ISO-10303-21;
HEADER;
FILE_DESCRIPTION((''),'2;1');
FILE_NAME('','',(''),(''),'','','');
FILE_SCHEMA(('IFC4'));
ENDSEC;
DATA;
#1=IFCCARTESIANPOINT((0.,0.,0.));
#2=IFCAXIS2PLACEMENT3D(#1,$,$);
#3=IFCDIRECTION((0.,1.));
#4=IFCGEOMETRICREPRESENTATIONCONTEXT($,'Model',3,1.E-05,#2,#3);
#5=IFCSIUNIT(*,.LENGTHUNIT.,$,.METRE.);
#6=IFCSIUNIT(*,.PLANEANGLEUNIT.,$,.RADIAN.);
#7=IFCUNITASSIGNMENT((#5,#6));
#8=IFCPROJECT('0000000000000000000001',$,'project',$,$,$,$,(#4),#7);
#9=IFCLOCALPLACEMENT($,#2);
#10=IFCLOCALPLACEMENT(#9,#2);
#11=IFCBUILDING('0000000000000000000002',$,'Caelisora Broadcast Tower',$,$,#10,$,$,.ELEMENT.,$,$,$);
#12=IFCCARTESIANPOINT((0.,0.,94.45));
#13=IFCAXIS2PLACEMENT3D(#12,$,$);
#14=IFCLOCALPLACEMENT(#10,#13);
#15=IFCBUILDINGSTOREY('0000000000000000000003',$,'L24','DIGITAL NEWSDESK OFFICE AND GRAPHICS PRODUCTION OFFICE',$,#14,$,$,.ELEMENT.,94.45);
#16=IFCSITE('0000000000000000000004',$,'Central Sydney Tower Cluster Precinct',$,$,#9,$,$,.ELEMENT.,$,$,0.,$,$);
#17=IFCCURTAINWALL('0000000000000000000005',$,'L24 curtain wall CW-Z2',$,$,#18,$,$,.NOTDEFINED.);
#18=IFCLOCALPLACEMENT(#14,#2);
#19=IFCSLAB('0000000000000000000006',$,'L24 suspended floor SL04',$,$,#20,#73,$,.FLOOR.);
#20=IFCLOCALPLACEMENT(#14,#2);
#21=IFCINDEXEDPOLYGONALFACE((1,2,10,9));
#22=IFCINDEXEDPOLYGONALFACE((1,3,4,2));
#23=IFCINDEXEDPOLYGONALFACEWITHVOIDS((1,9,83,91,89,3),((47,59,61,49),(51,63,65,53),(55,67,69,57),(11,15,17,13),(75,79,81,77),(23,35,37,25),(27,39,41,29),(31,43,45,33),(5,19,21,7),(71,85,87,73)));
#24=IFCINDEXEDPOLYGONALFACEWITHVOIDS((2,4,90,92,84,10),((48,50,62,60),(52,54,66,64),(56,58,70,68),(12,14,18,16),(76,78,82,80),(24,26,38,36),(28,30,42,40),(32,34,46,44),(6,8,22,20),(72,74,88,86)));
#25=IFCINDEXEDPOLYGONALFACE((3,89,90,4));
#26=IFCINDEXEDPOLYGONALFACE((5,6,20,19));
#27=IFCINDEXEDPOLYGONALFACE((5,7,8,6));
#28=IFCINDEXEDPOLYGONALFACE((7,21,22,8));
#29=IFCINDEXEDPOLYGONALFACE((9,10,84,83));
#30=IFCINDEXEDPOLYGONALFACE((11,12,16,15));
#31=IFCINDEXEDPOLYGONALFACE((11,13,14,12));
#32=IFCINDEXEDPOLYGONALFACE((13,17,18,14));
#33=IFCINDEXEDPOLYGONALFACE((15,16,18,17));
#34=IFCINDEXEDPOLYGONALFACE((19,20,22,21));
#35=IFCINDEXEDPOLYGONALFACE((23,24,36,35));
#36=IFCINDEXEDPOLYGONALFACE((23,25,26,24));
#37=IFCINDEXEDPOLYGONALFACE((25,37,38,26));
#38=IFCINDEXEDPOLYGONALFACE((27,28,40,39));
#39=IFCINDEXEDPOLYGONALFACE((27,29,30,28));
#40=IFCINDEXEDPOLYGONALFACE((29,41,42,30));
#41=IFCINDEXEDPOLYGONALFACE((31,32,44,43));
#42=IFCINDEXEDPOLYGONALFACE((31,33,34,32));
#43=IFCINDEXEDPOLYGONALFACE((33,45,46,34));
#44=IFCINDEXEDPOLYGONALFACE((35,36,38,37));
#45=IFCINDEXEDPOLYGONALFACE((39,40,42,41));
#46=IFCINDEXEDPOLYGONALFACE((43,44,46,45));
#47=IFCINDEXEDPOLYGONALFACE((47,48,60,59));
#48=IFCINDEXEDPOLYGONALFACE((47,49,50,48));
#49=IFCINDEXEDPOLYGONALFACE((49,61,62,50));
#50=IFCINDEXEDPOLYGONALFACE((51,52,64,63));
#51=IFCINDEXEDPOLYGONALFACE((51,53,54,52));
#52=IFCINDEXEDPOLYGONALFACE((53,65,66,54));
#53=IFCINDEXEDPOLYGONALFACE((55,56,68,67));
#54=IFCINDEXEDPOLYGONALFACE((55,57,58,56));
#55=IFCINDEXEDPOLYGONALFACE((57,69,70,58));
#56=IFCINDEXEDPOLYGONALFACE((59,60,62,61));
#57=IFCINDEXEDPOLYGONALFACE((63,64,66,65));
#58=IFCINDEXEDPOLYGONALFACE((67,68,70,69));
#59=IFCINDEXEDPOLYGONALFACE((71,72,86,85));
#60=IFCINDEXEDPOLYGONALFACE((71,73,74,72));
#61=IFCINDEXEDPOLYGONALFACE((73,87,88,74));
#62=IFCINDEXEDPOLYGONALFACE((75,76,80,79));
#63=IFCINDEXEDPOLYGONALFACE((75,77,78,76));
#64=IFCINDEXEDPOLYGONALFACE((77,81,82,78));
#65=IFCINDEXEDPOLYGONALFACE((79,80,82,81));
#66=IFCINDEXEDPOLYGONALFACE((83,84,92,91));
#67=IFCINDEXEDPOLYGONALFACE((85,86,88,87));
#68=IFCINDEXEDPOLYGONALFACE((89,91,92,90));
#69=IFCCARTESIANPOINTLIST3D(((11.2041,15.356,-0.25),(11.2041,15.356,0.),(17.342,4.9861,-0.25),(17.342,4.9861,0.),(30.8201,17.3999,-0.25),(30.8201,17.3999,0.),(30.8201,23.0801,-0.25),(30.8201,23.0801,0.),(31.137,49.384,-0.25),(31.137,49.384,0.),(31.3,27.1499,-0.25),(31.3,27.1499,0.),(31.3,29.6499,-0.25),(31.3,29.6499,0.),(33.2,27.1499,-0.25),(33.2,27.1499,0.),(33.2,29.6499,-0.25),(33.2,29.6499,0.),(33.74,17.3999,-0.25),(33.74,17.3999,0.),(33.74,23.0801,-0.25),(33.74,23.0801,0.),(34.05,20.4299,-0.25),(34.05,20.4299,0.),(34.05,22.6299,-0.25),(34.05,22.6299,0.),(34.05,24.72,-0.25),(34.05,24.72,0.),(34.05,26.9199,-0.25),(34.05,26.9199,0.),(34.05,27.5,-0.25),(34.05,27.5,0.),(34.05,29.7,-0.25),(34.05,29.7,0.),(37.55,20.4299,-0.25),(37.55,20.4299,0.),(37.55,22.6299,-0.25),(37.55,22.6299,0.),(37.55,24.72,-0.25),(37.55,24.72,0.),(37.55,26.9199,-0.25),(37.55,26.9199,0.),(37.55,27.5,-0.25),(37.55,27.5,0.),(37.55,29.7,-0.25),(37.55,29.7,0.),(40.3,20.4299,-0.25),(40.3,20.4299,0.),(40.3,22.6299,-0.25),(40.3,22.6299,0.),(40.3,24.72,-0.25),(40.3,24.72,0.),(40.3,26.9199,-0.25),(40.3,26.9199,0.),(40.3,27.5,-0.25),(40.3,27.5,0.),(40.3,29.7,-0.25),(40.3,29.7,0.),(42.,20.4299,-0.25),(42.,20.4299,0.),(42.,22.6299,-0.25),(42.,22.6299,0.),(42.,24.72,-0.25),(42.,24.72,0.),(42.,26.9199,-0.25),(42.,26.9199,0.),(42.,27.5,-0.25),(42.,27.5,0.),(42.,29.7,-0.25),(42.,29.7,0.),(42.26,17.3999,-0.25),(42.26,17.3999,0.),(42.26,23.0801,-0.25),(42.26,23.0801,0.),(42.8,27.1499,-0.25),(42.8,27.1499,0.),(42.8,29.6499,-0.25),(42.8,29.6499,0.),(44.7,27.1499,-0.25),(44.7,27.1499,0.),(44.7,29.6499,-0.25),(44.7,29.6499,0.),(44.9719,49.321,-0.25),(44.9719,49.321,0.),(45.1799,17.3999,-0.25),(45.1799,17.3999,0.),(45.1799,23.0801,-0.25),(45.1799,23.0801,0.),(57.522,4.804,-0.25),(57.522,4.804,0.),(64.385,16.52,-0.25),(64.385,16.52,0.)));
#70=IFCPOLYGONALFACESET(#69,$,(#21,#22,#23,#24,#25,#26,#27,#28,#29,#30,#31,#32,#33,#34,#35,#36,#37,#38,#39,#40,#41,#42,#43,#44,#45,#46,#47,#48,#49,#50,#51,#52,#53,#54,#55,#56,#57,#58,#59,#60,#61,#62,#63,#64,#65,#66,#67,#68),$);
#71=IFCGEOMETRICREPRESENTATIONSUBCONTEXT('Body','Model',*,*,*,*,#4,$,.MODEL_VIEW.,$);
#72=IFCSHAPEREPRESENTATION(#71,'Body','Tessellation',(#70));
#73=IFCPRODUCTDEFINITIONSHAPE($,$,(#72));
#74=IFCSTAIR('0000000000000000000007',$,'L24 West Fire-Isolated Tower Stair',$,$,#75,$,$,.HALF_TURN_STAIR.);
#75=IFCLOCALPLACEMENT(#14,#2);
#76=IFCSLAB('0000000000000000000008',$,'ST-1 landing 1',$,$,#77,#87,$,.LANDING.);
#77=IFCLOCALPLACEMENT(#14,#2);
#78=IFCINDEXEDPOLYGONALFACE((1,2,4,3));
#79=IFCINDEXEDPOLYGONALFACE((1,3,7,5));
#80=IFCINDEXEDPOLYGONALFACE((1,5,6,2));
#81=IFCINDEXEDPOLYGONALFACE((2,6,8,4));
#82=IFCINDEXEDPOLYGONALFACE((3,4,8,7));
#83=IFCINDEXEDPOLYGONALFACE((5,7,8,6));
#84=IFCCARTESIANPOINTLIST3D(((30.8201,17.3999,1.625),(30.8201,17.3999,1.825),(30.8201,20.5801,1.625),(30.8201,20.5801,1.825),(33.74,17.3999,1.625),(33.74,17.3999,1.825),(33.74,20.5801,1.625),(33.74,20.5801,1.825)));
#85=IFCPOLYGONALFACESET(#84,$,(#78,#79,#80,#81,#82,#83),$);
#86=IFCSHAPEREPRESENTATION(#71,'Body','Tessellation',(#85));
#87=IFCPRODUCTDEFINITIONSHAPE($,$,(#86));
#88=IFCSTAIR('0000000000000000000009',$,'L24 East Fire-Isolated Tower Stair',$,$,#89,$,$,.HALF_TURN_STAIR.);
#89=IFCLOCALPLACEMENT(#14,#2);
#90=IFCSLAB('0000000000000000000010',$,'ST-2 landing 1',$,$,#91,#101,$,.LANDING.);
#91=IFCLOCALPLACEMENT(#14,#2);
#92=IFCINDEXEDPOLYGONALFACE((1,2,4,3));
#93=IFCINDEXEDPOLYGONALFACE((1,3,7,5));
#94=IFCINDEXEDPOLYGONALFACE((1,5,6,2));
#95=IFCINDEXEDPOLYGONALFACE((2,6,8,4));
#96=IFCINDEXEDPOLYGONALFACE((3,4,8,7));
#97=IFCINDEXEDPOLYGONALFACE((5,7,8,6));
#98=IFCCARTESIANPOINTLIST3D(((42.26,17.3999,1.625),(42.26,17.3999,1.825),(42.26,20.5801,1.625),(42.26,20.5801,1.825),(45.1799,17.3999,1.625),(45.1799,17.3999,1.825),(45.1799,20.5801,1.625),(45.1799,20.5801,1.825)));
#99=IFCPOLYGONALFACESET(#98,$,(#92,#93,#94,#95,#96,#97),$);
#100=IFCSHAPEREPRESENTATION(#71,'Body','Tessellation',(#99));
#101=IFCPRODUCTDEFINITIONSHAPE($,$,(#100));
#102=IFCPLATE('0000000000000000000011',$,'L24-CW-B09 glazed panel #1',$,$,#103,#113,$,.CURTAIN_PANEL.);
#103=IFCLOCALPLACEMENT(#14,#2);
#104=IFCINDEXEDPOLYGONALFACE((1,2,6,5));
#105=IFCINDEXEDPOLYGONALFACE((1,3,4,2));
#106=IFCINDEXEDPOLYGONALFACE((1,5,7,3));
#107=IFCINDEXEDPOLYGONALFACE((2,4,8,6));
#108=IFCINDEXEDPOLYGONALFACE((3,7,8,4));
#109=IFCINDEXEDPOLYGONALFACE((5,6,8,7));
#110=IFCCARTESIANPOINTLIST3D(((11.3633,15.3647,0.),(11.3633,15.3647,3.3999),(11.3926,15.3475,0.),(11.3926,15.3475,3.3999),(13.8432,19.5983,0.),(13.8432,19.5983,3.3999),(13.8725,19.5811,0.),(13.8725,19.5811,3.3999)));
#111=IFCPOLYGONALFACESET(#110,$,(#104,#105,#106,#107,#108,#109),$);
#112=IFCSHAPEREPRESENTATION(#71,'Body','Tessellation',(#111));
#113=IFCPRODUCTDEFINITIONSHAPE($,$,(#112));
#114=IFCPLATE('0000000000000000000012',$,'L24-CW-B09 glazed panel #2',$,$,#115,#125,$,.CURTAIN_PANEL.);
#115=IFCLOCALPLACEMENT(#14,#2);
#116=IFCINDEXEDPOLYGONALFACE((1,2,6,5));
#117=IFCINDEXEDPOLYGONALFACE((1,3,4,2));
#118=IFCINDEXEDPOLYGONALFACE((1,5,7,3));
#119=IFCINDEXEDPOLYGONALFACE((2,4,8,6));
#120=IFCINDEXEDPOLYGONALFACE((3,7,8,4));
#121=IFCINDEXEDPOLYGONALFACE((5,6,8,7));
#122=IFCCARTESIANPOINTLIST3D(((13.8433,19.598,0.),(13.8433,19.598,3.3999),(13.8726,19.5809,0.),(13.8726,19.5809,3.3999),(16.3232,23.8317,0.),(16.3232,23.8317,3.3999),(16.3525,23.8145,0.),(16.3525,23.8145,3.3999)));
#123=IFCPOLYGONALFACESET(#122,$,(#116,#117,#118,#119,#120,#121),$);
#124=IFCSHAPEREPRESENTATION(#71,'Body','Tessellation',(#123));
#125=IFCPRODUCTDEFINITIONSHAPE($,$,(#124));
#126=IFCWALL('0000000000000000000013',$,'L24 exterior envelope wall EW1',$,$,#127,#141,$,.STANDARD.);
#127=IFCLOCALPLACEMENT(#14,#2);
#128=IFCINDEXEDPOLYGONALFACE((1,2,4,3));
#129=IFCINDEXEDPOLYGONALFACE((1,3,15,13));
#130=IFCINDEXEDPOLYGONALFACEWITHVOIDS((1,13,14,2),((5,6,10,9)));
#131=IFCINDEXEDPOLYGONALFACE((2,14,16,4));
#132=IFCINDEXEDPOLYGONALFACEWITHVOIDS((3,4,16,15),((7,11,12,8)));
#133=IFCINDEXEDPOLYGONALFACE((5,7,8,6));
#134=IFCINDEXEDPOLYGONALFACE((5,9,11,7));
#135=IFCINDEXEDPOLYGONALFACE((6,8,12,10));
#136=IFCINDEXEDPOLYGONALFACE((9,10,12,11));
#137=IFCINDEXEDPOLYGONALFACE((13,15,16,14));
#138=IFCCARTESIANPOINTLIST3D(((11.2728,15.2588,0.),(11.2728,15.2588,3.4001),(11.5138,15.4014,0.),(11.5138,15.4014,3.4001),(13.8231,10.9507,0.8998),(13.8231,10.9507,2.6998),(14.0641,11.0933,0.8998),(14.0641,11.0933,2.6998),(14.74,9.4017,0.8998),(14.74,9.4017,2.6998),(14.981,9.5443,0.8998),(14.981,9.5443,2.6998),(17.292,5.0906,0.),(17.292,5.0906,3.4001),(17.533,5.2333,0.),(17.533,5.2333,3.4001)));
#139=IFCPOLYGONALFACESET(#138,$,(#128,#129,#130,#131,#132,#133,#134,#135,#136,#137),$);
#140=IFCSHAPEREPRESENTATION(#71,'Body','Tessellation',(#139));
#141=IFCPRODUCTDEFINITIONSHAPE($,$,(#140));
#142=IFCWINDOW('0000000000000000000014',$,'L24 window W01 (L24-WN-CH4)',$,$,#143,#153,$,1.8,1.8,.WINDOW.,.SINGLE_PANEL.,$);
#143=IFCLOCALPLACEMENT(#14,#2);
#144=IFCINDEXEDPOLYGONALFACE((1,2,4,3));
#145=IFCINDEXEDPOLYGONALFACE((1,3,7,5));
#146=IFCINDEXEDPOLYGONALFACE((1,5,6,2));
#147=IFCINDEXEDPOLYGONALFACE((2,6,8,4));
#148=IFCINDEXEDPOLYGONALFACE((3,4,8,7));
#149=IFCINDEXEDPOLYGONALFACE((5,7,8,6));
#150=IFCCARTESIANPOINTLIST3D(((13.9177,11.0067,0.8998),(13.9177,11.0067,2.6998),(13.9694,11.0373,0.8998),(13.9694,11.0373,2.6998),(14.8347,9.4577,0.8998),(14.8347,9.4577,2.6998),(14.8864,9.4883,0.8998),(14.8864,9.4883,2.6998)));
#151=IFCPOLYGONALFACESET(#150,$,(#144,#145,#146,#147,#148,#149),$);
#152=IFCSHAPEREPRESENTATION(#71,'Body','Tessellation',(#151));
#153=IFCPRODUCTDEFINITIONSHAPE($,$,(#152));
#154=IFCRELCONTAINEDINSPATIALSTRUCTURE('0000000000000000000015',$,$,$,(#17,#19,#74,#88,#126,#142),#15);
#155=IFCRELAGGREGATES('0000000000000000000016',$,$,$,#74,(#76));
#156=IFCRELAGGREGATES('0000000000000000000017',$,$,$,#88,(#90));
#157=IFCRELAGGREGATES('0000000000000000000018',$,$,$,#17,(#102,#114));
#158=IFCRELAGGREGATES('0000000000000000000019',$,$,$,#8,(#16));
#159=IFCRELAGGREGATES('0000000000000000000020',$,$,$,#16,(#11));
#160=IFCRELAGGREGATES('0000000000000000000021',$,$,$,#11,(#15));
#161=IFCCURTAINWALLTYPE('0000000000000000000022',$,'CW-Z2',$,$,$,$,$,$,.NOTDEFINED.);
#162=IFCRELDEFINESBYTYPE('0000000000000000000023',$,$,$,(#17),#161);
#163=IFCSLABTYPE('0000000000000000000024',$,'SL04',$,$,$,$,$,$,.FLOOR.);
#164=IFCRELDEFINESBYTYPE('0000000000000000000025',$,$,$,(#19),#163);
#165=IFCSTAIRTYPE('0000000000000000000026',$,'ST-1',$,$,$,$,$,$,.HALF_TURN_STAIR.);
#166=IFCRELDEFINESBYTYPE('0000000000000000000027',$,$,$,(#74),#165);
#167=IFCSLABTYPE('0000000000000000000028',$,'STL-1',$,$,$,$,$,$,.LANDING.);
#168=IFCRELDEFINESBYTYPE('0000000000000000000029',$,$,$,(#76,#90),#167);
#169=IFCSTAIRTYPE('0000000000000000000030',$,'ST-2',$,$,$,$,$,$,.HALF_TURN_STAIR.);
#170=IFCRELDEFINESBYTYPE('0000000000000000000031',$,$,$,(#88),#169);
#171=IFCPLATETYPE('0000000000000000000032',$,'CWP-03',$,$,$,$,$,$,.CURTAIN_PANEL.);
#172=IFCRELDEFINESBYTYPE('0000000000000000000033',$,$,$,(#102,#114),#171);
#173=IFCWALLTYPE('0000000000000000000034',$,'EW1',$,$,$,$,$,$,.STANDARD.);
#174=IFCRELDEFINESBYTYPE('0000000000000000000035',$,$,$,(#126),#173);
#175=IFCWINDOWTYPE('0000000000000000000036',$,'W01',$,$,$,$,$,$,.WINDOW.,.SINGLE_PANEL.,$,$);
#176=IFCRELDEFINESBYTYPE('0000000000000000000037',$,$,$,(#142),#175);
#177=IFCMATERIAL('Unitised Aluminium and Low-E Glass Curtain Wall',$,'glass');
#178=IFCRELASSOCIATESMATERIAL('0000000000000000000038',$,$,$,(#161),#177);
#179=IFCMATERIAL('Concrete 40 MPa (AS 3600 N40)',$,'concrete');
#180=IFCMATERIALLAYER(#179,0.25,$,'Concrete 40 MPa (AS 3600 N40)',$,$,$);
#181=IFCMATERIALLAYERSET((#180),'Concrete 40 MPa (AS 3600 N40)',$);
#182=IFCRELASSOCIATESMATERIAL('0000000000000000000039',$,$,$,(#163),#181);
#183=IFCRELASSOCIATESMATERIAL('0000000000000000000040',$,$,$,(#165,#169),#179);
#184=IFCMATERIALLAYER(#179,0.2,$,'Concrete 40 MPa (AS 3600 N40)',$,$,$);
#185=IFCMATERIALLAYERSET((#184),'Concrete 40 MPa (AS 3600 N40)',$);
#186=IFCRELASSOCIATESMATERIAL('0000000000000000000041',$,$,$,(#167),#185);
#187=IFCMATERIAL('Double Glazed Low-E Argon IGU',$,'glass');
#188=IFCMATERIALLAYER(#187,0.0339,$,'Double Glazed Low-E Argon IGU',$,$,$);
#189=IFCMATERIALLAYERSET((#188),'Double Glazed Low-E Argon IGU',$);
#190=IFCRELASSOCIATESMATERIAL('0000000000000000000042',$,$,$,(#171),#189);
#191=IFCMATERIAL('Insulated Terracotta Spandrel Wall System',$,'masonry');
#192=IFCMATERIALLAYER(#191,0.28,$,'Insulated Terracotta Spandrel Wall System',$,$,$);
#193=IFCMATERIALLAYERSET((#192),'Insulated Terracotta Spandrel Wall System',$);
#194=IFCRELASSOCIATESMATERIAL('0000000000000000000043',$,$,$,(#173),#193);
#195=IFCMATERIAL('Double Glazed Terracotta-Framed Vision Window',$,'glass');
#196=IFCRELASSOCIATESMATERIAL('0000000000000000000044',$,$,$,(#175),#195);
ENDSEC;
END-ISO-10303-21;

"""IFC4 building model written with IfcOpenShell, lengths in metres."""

from ifc_helpers import new_model, si_unit, direction, frame, frame_2d, origin, origin_2d, place, context, subcontext, project, spatial, polyline, rectangle, outline, extrude, source, transform, mapped, material, layer, layer_set, type_object, type_shapes, element, fill, aggregate, save


model = new_model("IFC4")

# Units and contexts
model_context = context("Model", 3, precision=1e-05, world=origin(), true_north=direction((0.0, 1.0)))
body_context = subcontext(model_context, "Body", "Model", "MODEL_VIEW")
ifc_project = project(units=[si_unit("LENGTHUNIT", "METRE"), si_unit("PLANEANGLEUNIT", "RADIAN")], contexts=[model_context])

# Site, building, storey
site_placement = place(None, origin())
site = spatial("IfcSite", under=ifc_project, at=site_placement, Name="Central Sydney Tower Cluster Precinct", CompositionType="ELEMENT", RefElevation=0.0)
building_placement = place(site_placement, origin())
building = spatial("IfcBuilding", under=site, at=building_placement, Name="Caelisora Broadcast Tower", CompositionType="ELEMENT")
storey_placement = place(building_placement, frame((0.0, 0.0, 94.45)))
storey = spatial("IfcBuildingStorey", under=building, at=storey_placement, Name="L24", Description="DIGITAL NEWSDESK OFFICE AND GRAPHICS PRODUCTION OFFICE", CompositionType="ELEMENT", Elevation=94.45)

# Shared definitions
ifc_material_1 = material(Name="Unitised Aluminium and Low-E Glass Curtain Wall", Category="glass")
curtain_wall_type = type_object("IfcCurtainWallType", Name="CW-Z2", PredefinedType="NOTDEFINED", material=ifc_material_1)

# Curtain wall
curtain_wall_1_placement = place(storey_placement, origin())
curtain_wall_1 = element("IfcCurtainWall", 1, at=curtain_wall_1_placement, inside=storey, type_object=curtain_wall_type, Name="L24 curtain wall CW-Z2", PredefinedType="NOTDEFINED")

# Slab
ifc_material_2 = material(Name="Concrete 40 MPa (AS 3600 N40)", Category="concrete")
ifc_layer_1 = layer(ifc_material_2, 0.25, Name="Concrete 40 MPa (AS 3600 N40)")
ifc_layer_set_1 = layer_set([ifc_layer_1], Name="Concrete 40 MPa (AS 3600 N40)")
slab_type_1 = type_object("IfcSlabType", Name="SL04", PredefinedType="FLOOR", material=ifc_layer_set_1)
slab_1_placement = place(storey_placement, frame((0.0, 0.0, -0.25)))
element("IfcSlab", 2, at=slab_1_placement, inside=storey, type_object=slab_type_1, Name="L24 suspended floor SL04", PredefinedType="FLOOR", context=body_context, shape_type="SweptSolid", body=[
    extrude(outline(polyline([(44.9719, 49.321), (31.137, 49.384), (11.2041, 15.356), (17.342, 4.9861), (57.522, 4.804), (64.385, 16.52), (44.9719, 49.321)]), holes=[polyline([(30.8201, 17.3999), (33.74, 17.3999), (33.74, 23.0801), (30.8201, 23.0801), (30.8201, 17.3999)]), polyline([(42.26, 17.3999), (45.1799, 17.3999), (45.1799, 23.0801), (42.26, 23.0801), (42.26, 17.3999)]), polyline([(42.8, 27.1499), (44.7, 27.1499), (44.7, 29.6499), (42.8, 29.6499), (42.8, 27.1499)]), polyline([(40.3, 20.4299), (42.0, 20.4299), (42.0, 22.6299), (40.3, 22.6299), (40.3, 20.4299)]), polyline([(40.3, 24.72), (42.0, 24.72), (42.0, 26.9199), (40.3, 26.9199), (40.3, 24.72)]), polyline([(40.3, 27.5), (42.0, 27.5), (42.0, 29.7), (40.3, 29.7), (40.3, 27.5)]), polyline([(34.05, 20.4299), (37.55, 20.4299), (37.55, 22.6299), (34.05, 22.6299), (34.05, 20.4299)]), polyline([(34.05, 24.72), (37.55, 24.72), (37.55, 26.9199), (34.05, 26.9199), (34.05, 24.72)]), polyline([(34.05, 27.5), (37.55, 27.5), (37.55, 29.7), (34.05, 29.7), (34.05, 27.5)]), polyline([(31.3, 27.1499), (33.2, 27.1499), (33.2, 29.6499), (31.3, 29.6499), (31.3, 27.1499)])]), origin(), (0.0, 0.0, 1.0), 0.25),
])

# Stairs, slabs
stair_type_1 = type_object("IfcStairType", Name="ST-1", PredefinedType="HALF_TURN_STAIR", material=ifc_material_2)
stair_1_placement = place(storey_placement, origin())
stair_1 = element("IfcStair", 3, at=stair_1_placement, inside=storey, type_object=stair_type_1, Name="L24 West Fire-Isolated Tower Stair", PredefinedType="HALF_TURN_STAIR")
ifc_layer_2 = layer(ifc_material_2, 0.2, Name="Concrete 40 MPa (AS 3600 N40)")
ifc_layer_set_2 = layer_set([ifc_layer_2], Name="Concrete 40 MPa (AS 3600 N40)")
slab_type_2 = type_object("IfcSlabType", Name="STL-1", PredefinedType="LANDING", material=ifc_layer_set_2)
slab_2_placement = place(storey_placement, frame((0.0, 0.0, 1.625)))
slab_2 = element("IfcSlab", 4, at=slab_2_placement, type_object=slab_type_2, Name="ST-1 landing 1", PredefinedType="LANDING", context=body_context, shape_type="SweptSolid", body=[
    extrude(outline(polyline([(30.8201, 20.5801), (30.8201, 17.3999), (33.74, 17.3999), (33.74, 20.5801), (30.8201, 20.5801)])), origin(), (0.0, 0.0, 1.0), 0.2),
])
aggregate(stair_1, [slab_2])
stair_type_2 = type_object("IfcStairType", Name="ST-2", PredefinedType="HALF_TURN_STAIR", material=ifc_material_2)
stair_2_placement = place(storey_placement, origin())
stair_2 = element("IfcStair", 5, at=stair_2_placement, inside=storey, type_object=stair_type_2, Name="L24 East Fire-Isolated Tower Stair", PredefinedType="HALF_TURN_STAIR")
slab_3_placement = place(storey_placement, frame((0.0, 0.0, 1.625)))
slab_3 = element("IfcSlab", 6, at=slab_3_placement, type_object=slab_type_2, Name="ST-2 landing 1", PredefinedType="LANDING", context=body_context, shape_type="SweptSolid", body=[
    extrude(outline(polyline([(42.26, 20.5801), (42.26, 17.3999), (45.1799, 17.3999), (45.1799, 20.5801), (42.26, 20.5801)])), origin(), (0.0, 0.0, 1.0), 0.2),
])
aggregate(stair_2, [slab_3])

# Plates
ifc_material_3 = material(Name="Double Glazed Low-E Argon IGU", Category="glass")
ifc_layer_3 = layer(ifc_material_3, 0.0339, Name="Double Glazed Low-E Argon IGU")
ifc_layer_set_3 = layer_set([ifc_layer_3], Name="Double Glazed Low-E Argon IGU")
plate_type = type_object("IfcPlateType", Name="CWP-03", PredefinedType="CURTAIN_PANEL", material=ifc_layer_set_3)
shared_shape_1 = source(origin(), body_context, "Body", "SweptSolid", [
    extrude(rectangle(XDim=4.9065, YDim=0.0339, at=origin_2d()), origin(), (0.0, 0.0, 1.0), 3.3999),
])
type_shapes(plate_type, [shared_shape_1])
plate_1_placement = place(storey_placement, frame((12.6179, 17.4729, 0.0), z_axis=(0.0, 0.0, 1.0), x_axis=(0.505431, 0.862867, 0.0)))
plate_1 = element("IfcPlate", 7, at=plate_1_placement, type_object=plate_type, Name="L24-CW-B09 glazed panel #1", PredefinedType="CURTAIN_PANEL", context=body_context, shape_type="MappedRepresentation", body=[
    mapped(shared_shape_1, transform((0.0, 0.0, 0.0), scale=1.0)),
])
plate_2_placement = place(storey_placement, frame((15.0979, 21.7063, 0.0), z_axis=(0.0, 0.0, 1.0), x_axis=(0.505431, 0.862867, 0.0)))
plate_2 = element("IfcPlate", 8, at=plate_2_placement, type_object=plate_type, Name="L24-CW-B09 glazed panel #2", PredefinedType="CURTAIN_PANEL", context=body_context, shape_type="MappedRepresentation", body=[
    mapped(shared_shape_1, transform((0.0, 0.0, 0.0), scale=1.0)),
])
aggregate(curtain_wall_1, [plate_1, plate_2])

# Wall, opening, window
ifc_material_4 = material(Name="Insulated Terracotta Spandrel Wall System", Category="masonry")
ifc_layer_4 = layer(ifc_material_4, 0.28, Name="Insulated Terracotta Spandrel Wall System")
ifc_layer_set_4 = layer_set([ifc_layer_4], Name="Insulated Terracotta Spandrel Wall System")
wall_type_1 = type_object("IfcWallType", Name="EW1", PredefinedType="STANDARD", material=ifc_layer_set_4)
wall_1_placement = place(storey_placement, frame((17.4126, 5.1619, 0.0), z_axis=(0.0, 0.0, 1.0), x_axis=(-0.509406, 0.860526, 0.0)))
wall_1 = element("IfcWall", 9, at=wall_1_placement, inside=storey, type_object=wall_type_1, Name="L24 exterior envelope wall EW1", PredefinedType="STANDARD", context=body_context, shape_type="SweptSolid", body=[
    extrude(rectangle(XDim=11.8162, YDim=0.28, at=frame_2d((5.9082, 0.0))), origin(), (0.0, 0.0, 1.0), 3.4001),
])
opening_1_placement = place(wall_1_placement, frame((5.01, 0.0, 0.8999)))
opening_1 = element("IfcOpeningElement", 10, at=opening_1_placement, cuts=wall_1, PredefinedType="OPENING", context=body_context, shape_type="SweptSolid", body=[
    extrude(rectangle(XDim=1.8, YDim=1.8, at=frame_2d((0.8999, 0.8999))), frame((0.0, 0.1521, 0.0), z_axis=(0.0, -1.0, 0.0), x_axis=(1.0, 0.0, 0.0)), (0.0, 0.0, 1.0), 0.304),
])
ifc_material_5 = material(Name="Double Glazed Terracotta-Framed Vision Window", Category="glass")
window_type = type_object("IfcWindowType", Name="W01", PartitioningType="SINGLE_PANEL", PredefinedType="WINDOW", material=ifc_material_5)
window_placement = place(opening_1_placement, origin())
window = element("IfcWindow", 11, at=window_placement, inside=storey, type_object=window_type, Name="L24 window W01 (L24-WN-CH4)", OverallHeight=1.8, OverallWidth=1.8, PartitioningType="SINGLE_PANEL", PredefinedType="WINDOW", context=body_context, shape_type="SweptSolid", body=[
    extrude(rectangle(XDim=1.8, YDim=1.8, at=frame_2d((0.8999, 0.8999))), frame((0.0, 0.03, 0.0), z_axis=(0.0, -1.0, 0.0), x_axis=(1.0, 0.0, 0.0)), (0.0, 0.0, 1.0), 0.0601),
])
fill(opening_1, window)

save(model, "model.ifc")
